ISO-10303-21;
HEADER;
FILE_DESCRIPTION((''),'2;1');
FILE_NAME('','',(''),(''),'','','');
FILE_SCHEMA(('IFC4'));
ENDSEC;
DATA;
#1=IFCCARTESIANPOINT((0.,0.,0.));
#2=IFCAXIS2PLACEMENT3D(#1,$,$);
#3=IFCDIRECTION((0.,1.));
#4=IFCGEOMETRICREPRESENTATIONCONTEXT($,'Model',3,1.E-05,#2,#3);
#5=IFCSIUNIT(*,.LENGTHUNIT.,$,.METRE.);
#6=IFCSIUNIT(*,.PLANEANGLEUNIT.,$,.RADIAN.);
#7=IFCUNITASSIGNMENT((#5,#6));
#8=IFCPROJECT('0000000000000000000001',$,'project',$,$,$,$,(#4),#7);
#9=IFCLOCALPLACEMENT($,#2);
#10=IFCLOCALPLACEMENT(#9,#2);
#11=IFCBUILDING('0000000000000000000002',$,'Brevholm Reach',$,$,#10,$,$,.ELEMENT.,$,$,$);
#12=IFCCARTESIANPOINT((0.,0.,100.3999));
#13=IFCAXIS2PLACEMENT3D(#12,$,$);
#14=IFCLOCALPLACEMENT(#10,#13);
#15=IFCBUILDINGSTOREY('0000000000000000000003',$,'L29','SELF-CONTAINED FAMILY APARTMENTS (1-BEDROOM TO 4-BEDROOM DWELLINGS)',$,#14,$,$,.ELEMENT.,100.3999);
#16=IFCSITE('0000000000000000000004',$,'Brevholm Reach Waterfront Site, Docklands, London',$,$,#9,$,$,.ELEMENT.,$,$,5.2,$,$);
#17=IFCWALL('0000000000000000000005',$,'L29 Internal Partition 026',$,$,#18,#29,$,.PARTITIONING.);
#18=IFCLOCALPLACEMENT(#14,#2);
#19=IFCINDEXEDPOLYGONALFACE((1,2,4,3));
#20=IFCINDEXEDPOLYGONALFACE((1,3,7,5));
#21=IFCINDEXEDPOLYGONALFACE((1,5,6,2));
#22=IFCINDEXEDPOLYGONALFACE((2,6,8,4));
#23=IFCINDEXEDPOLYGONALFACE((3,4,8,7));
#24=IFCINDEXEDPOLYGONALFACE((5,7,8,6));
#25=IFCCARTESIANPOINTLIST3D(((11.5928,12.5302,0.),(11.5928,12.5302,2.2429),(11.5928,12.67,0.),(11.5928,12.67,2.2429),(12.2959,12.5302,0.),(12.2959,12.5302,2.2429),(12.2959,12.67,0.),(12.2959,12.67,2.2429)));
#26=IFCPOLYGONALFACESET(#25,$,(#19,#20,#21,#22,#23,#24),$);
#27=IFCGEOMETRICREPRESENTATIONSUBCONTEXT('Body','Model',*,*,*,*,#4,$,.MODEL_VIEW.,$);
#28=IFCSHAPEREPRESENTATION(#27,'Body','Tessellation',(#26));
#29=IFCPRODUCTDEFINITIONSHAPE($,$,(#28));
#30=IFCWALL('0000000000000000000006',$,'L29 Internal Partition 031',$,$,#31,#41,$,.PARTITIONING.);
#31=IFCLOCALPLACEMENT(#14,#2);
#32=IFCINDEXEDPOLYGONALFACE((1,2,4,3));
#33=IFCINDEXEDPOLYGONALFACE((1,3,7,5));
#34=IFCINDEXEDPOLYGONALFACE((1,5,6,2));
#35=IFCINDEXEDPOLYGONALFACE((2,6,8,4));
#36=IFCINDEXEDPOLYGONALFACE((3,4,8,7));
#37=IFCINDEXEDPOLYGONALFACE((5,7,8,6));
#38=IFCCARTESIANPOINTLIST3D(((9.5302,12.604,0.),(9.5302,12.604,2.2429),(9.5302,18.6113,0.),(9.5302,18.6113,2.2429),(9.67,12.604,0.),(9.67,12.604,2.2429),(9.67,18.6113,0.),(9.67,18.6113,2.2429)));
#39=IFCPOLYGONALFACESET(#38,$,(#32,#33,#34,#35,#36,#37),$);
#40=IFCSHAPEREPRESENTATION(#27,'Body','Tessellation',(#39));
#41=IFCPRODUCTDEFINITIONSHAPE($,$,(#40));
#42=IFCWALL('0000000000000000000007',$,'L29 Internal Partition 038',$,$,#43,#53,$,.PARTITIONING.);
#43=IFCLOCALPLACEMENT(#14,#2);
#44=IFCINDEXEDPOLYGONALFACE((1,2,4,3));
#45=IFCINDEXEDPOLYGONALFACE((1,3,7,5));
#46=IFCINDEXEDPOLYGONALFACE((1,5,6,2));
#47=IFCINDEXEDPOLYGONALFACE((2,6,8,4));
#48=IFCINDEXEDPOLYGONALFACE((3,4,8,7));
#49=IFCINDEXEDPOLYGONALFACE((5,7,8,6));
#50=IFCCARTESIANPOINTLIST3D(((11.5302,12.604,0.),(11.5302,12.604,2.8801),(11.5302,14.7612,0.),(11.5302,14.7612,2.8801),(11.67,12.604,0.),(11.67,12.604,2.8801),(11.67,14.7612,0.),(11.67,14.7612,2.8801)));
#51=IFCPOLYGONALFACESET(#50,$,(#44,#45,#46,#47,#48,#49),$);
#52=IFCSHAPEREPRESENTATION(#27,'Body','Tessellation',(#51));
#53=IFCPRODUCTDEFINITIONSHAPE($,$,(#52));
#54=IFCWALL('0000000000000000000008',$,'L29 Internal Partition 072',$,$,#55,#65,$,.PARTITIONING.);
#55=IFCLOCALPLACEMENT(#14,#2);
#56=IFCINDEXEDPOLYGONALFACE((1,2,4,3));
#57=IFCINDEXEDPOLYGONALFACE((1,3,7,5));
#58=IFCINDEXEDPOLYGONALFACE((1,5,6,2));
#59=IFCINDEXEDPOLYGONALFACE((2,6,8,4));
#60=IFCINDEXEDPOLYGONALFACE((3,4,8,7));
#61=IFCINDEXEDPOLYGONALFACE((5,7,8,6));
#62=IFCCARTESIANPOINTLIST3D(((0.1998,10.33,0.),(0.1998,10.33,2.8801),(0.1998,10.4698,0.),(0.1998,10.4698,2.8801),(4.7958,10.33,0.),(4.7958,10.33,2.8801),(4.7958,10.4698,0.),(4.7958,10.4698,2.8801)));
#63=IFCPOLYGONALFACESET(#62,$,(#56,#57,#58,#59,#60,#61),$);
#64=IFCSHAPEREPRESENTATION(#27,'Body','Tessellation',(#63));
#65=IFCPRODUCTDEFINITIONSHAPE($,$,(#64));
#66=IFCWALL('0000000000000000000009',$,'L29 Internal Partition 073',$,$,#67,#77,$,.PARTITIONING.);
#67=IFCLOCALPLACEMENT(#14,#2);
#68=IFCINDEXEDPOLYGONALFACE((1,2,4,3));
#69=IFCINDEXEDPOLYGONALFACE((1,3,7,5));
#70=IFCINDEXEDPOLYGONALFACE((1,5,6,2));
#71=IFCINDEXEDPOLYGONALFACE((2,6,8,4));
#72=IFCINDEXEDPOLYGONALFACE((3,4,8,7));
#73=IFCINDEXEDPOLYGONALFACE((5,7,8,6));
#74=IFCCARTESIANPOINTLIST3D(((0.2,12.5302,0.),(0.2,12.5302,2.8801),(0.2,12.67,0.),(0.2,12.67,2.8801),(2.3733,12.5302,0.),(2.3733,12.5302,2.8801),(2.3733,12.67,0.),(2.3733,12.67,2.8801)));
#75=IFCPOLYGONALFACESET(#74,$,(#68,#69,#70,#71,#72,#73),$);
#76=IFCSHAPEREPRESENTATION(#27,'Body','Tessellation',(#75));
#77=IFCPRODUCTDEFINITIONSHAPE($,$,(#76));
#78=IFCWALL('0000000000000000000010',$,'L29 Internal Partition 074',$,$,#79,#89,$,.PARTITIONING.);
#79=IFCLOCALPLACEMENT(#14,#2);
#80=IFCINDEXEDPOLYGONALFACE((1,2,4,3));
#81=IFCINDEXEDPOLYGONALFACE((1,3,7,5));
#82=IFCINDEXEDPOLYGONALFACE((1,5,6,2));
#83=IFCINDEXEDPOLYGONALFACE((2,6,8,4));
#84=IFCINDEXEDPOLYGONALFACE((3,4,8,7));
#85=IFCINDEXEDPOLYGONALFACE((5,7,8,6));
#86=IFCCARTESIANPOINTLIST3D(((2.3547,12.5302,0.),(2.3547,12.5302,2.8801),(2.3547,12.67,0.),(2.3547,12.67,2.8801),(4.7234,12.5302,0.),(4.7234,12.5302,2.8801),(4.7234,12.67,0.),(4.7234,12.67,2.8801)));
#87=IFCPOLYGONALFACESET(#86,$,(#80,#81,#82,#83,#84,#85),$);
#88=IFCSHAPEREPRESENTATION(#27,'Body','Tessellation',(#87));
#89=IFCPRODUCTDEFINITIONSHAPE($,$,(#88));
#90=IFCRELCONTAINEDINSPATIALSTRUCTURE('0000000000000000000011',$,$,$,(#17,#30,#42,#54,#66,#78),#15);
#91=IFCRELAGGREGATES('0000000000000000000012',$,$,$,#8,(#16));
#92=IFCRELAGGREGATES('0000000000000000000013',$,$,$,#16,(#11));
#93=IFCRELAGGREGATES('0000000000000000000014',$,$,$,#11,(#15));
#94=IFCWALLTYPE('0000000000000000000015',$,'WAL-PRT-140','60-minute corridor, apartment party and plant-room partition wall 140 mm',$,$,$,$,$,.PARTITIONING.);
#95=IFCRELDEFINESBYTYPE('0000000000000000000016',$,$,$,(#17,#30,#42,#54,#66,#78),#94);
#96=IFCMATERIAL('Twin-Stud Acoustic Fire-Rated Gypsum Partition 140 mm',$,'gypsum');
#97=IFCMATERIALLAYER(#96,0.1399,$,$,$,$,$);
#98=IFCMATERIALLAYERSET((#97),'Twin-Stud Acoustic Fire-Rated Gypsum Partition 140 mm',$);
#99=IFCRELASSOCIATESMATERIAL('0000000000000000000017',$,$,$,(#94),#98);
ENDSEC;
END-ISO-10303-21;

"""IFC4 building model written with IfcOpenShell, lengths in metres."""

from ifc_helpers import new_model, si_unit, direction, frame, frame_2d, origin, place, context, subcontext, project, spatial, rectangle, extrude, material, layer, layer_set, type_object, element, save


model = new_model("IFC4")

# Units and contexts
model_context = context("Model", 3, precision=1e-05, world=origin(), true_north=direction((0.0, 1.0)))
body_context = subcontext(model_context, "Body", "Model", "MODEL_VIEW")
ifc_project = project(units=[si_unit("LENGTHUNIT", "METRE"), si_unit("PLANEANGLEUNIT", "RADIAN")], contexts=[model_context])

# Site, building, storey
site_placement = place(None, origin())
site = spatial("IfcSite", under=ifc_project, at=site_placement, Name="Brevholm Reach Waterfront Site, Docklands, London", CompositionType="ELEMENT", RefElevation=5.2)
building_placement = place(site_placement, origin())
building = spatial("IfcBuilding", under=site, at=building_placement, Name="Brevholm Reach", CompositionType="ELEMENT")
storey_placement = place(building_placement, frame((0.0, 0.0, 100.3999)))
storey = spatial("IfcBuildingStorey", under=building, at=storey_placement, Name="L29", Description="SELF-CONTAINED FAMILY APARTMENTS (1-BEDROOM TO 4-BEDROOM DWELLINGS)", CompositionType="ELEMENT", Elevation=100.3999)

# Shared definitions
ifc_material_1 = material(Name="Twin-Stud Acoustic Fire-Rated Gypsum Partition 140 mm", Category="gypsum")
ifc_layer_1 = layer(ifc_material_1, 0.1399)
ifc_layer_set_1 = layer_set([ifc_layer_1], Name="Twin-Stud Acoustic Fire-Rated Gypsum Partition 140 mm")
wall_type_1 = type_object("IfcWallType", Name="WAL-PRT-140", Description="60-minute corridor, apartment party and plant-room partition wall 140 mm", PredefinedType="PARTITIONING", material=ifc_layer_set_1)

# Walls
wall_1_placement = place(storey_placement, frame((11.5928, 12.6001, 0.0), z_axis=(0.0, 0.0, 1.0), x_axis=(1.0, 0.0, 0.0)))
element("IfcWall", 1, at=wall_1_placement, inside=storey, type_object=wall_type_1, Name="L29 Internal Partition 026", PredefinedType="PARTITIONING", context=body_context, shape_type="SweptSolid", body=[
    extrude(rectangle(XDim=0.7031, YDim=0.1399, at=frame_2d((0.3516, 0.0))), origin(), (0.0, 0.0, 1.0), 2.2429),
])
wall_2_placement = place(storey_placement, frame((9.6001, 12.604, 0.0), z_axis=(0.0, 0.0, 1.0), x_axis=(0.0, 1.0, 0.0)))
element("IfcWall", 2, at=wall_2_placement, inside=storey, type_object=wall_type_1, Name="L29 Internal Partition 031", PredefinedType="PARTITIONING", context=body_context, shape_type="SweptSolid", body=[
    extrude(rectangle(XDim=6.0073, YDim=0.1399, at=frame_2d((3.0037, 0.0))), origin(), (0.0, 0.0, 1.0), 2.2429),
])
wall_3_placement = place(storey_placement, frame((11.6001, 12.604, 0.0), z_axis=(0.0, 0.0, 1.0), x_axis=(0.0, 1.0, 0.0)))
element("IfcWall", 3, at=wall_3_placement, inside=storey, type_object=wall_type_1, Name="L29 Internal Partition 038", PredefinedType="PARTITIONING", context=body_context, shape_type="SweptSolid", body=[
    extrude(rectangle(XDim=2.1572, YDim=0.1399, at=frame_2d((1.0786, 0.0))), origin(), (0.0, 0.0, 1.0), 2.8801),
])
wall_4_placement = place(storey_placement, frame((0.2, 10.3999, 0.0), z_axis=(0.0, 0.0, 1.0), x_axis=(1.0, 0.0, 0.0)))
element("IfcWall", 4, at=wall_4_placement, inside=storey, type_object=wall_type_1, Name="L29 Internal Partition 072", PredefinedType="PARTITIONING", context=body_context, shape_type="SweptSolid", body=[
    extrude(rectangle(XDim=4.5959, YDim=0.1399, at=frame_2d((2.2979, 0.0))), origin(), (0.0, 0.0, 1.0), 2.8801),
])
wall_5_placement = place(storey_placement, frame((0.2, 12.6001, 0.0), z_axis=(0.0, 0.0, 1.0), x_axis=(1.0, 0.0, 0.0)))
element("IfcWall", 5, at=wall_5_placement, inside=storey, type_object=wall_type_1, Name="L29 Internal Partition 073", PredefinedType="PARTITIONING", context=body_context, shape_type="SweptSolid", body=[
    extrude(rectangle(XDim=2.1733, YDim=0.1399, at=frame_2d((1.0867, 0.0))), origin(), (0.0, 0.0, 1.0), 2.8801),
])
wall_6_placement = place(storey_placement, frame((2.3547, 12.6001, 0.0), z_axis=(0.0, 0.0, 1.0), x_axis=(1.0, 0.0, 0.0)))
element("IfcWall", 6, at=wall_6_placement, inside=storey, type_object=wall_type_1, Name="L29 Internal Partition 074", PredefinedType="PARTITIONING", context=body_context, shape_type="SweptSolid", body=[
    extrude(rectangle(XDim=2.3687, YDim=0.1399, at=frame_2d((1.1843, 0.0))), origin(), (0.0, 0.0, 1.0), 2.8801),
])

save(model, "model.ifc")
